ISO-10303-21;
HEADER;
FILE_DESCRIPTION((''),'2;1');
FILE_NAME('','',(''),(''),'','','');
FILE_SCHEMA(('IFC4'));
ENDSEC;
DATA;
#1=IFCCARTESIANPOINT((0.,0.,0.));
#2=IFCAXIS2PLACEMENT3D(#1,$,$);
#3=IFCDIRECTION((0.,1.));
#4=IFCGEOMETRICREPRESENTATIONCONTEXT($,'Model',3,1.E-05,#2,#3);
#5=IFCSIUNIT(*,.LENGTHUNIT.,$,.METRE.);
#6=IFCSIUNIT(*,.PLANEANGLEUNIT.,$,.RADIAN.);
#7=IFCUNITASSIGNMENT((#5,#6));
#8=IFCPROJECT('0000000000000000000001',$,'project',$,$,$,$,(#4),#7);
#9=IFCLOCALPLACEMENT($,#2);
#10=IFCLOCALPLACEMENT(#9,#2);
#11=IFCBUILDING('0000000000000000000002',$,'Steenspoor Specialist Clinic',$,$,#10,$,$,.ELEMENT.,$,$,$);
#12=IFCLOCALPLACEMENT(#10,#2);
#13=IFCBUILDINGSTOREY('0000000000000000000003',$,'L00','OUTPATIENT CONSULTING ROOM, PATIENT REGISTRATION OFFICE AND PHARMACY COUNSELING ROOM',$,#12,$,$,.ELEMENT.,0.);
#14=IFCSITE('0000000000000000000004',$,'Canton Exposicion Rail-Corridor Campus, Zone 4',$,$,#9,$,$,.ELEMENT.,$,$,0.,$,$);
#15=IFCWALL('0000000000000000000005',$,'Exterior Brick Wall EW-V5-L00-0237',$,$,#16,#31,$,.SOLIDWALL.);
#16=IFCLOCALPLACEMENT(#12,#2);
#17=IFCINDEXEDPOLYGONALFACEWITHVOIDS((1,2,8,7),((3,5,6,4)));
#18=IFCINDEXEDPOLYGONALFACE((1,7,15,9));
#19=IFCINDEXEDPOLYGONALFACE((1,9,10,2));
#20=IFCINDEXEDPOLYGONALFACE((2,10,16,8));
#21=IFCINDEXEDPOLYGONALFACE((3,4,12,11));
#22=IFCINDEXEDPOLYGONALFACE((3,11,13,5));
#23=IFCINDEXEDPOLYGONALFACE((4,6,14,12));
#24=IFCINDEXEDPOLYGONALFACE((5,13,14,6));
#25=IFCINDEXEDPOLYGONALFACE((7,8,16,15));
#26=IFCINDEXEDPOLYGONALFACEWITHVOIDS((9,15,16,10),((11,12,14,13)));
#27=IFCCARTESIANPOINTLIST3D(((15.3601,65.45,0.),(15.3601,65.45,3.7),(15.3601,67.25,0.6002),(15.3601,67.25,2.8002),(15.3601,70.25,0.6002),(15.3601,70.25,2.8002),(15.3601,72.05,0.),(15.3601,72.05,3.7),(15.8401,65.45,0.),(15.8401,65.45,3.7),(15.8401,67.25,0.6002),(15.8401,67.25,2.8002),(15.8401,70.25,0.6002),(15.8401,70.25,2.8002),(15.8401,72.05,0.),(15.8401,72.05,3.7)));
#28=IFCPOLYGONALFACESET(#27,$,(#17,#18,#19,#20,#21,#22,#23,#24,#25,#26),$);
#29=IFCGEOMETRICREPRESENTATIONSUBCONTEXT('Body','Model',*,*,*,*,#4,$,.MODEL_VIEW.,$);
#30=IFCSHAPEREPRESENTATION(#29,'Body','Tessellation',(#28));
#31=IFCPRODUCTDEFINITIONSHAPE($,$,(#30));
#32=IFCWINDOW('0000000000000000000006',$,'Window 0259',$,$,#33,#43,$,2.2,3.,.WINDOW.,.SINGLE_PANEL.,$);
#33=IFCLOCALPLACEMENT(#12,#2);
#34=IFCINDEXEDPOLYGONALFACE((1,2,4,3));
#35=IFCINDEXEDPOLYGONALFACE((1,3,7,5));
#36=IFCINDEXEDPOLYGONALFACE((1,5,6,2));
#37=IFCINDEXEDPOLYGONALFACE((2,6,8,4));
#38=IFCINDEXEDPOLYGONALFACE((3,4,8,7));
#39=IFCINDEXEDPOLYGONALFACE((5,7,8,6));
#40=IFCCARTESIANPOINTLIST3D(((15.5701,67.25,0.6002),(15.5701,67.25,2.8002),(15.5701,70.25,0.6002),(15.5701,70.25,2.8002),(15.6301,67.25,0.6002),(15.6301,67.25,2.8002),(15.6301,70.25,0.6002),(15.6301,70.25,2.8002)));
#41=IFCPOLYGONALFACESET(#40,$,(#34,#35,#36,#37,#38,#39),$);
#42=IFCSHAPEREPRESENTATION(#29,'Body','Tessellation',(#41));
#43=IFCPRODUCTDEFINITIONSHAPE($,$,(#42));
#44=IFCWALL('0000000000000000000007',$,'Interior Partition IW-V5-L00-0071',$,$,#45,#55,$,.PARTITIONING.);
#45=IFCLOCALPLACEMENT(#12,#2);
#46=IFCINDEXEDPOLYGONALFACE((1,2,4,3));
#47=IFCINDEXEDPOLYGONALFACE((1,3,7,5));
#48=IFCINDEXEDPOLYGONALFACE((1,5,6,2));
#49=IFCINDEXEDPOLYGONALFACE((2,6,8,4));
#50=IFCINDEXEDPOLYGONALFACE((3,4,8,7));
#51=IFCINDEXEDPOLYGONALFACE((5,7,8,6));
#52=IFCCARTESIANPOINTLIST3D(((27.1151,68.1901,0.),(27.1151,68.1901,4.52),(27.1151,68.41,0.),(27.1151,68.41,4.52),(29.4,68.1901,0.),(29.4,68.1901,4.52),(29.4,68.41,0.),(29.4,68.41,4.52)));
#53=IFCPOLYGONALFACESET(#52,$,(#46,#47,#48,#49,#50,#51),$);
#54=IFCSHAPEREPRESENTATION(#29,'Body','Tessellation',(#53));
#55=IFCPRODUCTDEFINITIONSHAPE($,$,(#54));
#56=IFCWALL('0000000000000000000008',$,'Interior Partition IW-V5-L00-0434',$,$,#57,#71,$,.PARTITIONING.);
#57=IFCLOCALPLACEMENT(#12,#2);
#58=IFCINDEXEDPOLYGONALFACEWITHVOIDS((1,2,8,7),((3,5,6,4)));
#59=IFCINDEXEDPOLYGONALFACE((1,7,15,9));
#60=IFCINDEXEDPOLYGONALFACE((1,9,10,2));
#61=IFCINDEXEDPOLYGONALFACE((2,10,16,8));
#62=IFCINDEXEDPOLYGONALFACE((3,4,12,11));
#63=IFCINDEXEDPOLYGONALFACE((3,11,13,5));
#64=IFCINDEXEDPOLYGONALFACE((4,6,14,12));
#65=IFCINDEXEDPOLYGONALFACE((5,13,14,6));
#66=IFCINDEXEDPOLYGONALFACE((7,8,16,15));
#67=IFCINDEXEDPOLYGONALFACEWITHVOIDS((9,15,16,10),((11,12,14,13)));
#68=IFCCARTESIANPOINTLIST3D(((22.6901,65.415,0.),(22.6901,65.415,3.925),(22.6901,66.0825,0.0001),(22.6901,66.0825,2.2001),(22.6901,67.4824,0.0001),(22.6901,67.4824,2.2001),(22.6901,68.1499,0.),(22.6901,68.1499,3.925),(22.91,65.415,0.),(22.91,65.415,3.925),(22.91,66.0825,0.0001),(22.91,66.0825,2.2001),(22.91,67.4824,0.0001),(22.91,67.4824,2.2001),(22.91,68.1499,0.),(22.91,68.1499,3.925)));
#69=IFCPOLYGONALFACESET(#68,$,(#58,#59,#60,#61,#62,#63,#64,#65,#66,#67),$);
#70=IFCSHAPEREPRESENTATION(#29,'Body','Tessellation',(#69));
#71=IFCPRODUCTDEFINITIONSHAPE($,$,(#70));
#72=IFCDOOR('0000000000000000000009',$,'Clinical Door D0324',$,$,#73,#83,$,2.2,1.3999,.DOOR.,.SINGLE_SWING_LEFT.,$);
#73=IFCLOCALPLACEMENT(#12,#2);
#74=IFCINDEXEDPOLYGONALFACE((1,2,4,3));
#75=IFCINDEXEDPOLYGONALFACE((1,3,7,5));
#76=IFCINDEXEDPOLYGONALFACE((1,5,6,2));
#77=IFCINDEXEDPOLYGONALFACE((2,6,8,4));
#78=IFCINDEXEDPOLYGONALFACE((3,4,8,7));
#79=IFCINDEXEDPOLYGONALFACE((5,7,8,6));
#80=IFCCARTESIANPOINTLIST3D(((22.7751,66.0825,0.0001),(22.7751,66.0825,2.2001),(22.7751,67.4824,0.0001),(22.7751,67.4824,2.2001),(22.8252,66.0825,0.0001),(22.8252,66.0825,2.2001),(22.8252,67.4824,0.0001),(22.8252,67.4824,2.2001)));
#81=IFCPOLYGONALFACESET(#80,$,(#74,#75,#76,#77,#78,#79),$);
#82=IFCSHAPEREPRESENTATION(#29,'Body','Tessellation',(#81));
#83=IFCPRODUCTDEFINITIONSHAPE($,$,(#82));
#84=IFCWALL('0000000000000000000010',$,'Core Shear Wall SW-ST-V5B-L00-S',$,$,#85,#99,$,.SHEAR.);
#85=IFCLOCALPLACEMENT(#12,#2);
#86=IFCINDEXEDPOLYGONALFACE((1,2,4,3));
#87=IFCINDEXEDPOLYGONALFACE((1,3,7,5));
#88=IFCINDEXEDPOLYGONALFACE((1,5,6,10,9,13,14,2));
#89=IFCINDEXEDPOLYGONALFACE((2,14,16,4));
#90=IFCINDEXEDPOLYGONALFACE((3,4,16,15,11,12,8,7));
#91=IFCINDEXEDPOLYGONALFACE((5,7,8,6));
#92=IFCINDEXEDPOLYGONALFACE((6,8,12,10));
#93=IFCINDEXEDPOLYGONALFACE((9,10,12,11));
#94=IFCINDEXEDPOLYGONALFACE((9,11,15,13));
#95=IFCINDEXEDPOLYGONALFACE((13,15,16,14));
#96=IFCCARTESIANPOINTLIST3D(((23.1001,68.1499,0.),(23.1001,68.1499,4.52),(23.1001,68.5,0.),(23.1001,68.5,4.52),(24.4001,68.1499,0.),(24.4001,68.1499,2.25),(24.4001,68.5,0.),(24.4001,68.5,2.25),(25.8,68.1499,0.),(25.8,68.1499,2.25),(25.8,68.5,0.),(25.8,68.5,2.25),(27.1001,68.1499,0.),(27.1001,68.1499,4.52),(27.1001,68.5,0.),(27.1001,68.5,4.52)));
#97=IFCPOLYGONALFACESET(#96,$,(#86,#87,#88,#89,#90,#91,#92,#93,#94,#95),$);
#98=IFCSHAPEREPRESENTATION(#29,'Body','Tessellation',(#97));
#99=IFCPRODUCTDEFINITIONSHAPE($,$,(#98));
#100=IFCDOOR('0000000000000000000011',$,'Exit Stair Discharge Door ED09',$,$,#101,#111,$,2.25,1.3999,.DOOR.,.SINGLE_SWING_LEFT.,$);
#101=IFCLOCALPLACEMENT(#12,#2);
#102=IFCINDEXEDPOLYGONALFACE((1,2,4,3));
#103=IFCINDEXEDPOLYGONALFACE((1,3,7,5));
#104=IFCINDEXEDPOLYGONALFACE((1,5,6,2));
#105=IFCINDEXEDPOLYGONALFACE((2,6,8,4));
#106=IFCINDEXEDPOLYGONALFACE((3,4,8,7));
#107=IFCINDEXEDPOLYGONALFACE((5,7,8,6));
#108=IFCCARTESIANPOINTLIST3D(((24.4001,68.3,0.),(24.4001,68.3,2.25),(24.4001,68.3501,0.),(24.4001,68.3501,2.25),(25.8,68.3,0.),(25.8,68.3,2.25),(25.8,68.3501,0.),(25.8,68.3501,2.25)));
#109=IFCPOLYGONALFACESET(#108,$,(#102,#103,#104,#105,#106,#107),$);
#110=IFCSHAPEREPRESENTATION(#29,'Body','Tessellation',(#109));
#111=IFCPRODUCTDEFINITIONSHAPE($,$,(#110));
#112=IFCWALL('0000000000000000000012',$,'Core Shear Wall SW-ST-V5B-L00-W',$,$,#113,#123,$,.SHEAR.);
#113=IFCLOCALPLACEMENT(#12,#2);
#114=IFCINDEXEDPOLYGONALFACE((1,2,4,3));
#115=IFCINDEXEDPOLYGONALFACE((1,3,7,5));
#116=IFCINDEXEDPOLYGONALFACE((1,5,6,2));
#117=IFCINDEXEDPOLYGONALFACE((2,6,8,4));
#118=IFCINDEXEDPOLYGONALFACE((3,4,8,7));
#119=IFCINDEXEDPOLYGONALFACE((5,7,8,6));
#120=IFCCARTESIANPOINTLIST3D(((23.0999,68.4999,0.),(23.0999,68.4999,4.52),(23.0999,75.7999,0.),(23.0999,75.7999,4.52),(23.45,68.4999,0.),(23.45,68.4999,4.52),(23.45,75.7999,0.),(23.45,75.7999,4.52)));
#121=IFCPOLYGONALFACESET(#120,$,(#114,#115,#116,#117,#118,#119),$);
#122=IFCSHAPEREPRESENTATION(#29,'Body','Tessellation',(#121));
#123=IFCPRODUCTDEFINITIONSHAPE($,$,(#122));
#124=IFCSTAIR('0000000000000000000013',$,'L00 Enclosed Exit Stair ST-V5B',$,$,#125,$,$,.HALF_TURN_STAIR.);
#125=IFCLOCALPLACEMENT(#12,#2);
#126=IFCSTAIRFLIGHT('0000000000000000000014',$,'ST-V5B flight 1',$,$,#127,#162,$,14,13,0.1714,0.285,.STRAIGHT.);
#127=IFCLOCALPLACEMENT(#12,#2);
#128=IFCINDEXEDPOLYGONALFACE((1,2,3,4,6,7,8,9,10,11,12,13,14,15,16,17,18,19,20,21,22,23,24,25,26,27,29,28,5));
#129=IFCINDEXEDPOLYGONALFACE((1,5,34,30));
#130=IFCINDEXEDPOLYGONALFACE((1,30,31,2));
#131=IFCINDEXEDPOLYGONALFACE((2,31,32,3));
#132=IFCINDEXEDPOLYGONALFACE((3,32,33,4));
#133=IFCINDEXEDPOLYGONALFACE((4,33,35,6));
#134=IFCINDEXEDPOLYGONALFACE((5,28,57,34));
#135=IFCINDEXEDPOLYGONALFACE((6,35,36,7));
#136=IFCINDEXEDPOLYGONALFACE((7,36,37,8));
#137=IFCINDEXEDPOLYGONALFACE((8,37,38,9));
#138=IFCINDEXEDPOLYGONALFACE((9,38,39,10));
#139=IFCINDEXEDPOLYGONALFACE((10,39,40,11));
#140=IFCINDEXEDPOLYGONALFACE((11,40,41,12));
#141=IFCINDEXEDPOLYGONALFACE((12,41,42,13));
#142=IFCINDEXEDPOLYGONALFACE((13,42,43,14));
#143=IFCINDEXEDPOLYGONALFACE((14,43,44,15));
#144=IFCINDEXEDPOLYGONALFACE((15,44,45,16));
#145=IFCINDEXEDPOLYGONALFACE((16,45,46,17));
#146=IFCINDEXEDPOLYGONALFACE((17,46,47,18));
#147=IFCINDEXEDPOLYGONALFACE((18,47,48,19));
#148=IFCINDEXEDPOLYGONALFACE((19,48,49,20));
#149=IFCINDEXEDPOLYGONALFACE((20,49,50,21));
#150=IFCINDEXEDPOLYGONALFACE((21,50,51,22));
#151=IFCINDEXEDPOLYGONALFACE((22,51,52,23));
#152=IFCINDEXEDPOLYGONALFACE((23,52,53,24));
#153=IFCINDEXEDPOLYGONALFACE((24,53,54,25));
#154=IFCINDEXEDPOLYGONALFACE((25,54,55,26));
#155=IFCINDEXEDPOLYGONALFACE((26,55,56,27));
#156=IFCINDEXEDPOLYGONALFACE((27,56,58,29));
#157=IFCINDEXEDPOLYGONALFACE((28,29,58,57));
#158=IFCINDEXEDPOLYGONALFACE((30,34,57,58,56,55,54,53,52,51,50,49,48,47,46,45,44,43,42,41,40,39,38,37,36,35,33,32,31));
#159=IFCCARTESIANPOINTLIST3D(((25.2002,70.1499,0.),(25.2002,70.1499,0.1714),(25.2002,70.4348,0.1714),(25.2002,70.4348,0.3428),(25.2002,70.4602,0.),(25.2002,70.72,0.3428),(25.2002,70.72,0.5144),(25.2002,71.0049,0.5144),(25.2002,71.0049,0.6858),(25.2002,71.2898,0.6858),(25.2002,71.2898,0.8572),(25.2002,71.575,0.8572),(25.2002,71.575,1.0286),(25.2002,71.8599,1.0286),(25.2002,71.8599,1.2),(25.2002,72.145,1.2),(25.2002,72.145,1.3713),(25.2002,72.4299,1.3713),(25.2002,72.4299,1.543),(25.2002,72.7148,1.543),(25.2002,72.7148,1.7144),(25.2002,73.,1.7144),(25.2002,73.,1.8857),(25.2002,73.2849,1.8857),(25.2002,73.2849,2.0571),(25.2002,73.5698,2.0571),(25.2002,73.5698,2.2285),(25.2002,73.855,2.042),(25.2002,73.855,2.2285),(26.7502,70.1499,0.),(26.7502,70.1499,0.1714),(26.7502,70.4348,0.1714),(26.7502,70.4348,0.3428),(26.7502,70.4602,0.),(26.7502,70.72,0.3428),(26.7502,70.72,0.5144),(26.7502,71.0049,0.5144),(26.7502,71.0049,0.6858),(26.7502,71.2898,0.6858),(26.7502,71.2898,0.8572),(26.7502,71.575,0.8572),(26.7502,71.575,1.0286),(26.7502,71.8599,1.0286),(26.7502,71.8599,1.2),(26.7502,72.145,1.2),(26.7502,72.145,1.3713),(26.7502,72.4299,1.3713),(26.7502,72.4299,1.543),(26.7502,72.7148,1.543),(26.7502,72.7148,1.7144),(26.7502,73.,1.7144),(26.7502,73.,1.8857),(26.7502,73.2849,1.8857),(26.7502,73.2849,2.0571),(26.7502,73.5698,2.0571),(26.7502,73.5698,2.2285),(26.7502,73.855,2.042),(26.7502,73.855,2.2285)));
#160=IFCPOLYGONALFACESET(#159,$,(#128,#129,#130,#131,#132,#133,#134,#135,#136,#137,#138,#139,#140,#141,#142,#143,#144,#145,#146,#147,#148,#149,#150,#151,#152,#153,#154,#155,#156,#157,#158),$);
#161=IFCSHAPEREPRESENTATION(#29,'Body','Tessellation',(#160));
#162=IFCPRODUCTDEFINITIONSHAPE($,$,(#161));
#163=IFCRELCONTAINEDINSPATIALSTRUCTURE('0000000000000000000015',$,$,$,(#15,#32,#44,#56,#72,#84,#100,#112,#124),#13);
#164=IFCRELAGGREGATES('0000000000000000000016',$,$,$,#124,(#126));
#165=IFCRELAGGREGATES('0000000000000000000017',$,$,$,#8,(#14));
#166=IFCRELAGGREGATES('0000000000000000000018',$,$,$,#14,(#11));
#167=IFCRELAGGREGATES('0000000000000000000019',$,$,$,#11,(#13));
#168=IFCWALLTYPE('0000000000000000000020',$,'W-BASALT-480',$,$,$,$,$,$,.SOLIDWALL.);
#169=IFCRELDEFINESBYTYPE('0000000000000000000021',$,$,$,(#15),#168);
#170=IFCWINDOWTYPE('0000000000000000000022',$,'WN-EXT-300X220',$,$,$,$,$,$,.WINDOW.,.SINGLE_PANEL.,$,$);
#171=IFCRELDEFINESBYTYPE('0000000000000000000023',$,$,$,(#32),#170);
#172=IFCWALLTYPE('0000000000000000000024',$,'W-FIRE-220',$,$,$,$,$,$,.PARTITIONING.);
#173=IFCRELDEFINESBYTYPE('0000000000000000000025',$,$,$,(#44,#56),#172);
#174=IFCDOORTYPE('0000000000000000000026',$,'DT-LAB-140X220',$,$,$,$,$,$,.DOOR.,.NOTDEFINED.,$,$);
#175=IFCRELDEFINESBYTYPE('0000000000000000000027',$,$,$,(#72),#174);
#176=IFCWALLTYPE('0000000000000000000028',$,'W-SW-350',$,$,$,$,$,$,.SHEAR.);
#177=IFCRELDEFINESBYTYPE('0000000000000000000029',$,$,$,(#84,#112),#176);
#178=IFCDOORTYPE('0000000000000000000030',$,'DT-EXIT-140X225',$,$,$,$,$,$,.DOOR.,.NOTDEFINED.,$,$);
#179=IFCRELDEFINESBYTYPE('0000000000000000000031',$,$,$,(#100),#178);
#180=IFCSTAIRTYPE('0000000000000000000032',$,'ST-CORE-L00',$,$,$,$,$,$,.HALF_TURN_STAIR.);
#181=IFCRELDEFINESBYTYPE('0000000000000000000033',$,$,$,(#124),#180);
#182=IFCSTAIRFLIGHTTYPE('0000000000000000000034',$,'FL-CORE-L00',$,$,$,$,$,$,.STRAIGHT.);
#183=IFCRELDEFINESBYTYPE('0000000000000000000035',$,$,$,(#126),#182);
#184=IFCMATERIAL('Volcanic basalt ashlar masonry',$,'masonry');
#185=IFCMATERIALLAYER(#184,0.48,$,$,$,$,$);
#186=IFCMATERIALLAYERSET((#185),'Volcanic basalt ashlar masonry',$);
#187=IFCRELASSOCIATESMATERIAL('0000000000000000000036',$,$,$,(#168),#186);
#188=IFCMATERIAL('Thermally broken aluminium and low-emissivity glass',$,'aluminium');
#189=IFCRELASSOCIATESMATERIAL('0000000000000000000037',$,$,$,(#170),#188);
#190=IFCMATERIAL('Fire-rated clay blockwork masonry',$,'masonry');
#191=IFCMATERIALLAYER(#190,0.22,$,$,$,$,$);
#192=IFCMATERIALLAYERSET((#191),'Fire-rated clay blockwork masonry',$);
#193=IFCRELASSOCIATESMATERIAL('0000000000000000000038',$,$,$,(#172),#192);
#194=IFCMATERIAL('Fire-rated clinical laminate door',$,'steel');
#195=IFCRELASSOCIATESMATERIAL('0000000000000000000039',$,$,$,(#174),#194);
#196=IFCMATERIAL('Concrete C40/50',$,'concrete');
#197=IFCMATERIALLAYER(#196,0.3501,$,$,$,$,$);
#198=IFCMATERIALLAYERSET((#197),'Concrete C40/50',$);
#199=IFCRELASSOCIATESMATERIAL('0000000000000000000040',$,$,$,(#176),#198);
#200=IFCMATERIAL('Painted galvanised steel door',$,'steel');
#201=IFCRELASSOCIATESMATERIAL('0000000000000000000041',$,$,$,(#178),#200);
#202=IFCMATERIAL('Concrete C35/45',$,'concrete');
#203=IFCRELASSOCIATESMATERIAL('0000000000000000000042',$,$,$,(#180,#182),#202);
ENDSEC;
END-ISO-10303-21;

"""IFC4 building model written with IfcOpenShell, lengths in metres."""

from ifc_helpers import new_model, si_unit, direction, frame, frame_2d, origin, place, context, subcontext, project, spatial, polyline, rectangle, outline, extrude, material, layer, layer_set, type_object, element, fill, aggregate, save


model = new_model("IFC4")

# Units and contexts
model_context = context("Model", 3, precision=1e-05, world=origin(), true_north=direction((0.0, 1.0)))
body_context = subcontext(model_context, "Body", "Model", "MODEL_VIEW")
ifc_project = project(units=[si_unit("LENGTHUNIT", "METRE"), si_unit("PLANEANGLEUNIT", "RADIAN")], contexts=[model_context])

# Site, building, storey
site_placement = place(None, origin())
site = spatial("IfcSite", under=ifc_project, at=site_placement, Name="Canton Exposicion Rail-Corridor Campus, Zone 4", CompositionType="ELEMENT", RefElevation=0.0)
building_placement = place(site_placement, origin())
building = spatial("IfcBuilding", under=site, at=building_placement, Name="Steenspoor Specialist Clinic", CompositionType="ELEMENT")
storey_placement = place(building_placement, origin())
storey = spatial("IfcBuildingStorey", under=building, at=storey_placement, Name="L00", Description="OUTPATIENT CONSULTING ROOM, PATIENT REGISTRATION OFFICE AND PHARMACY COUNSELING ROOM", CompositionType="ELEMENT", Elevation=0.0)

# Shared definitions
ifc_material_1 = material(Name="Concrete C35/45", Category="concrete")

# Wall, opening, window
ifc_material_2 = material(Name="Volcanic basalt ashlar masonry", Category="masonry")
ifc_layer_1 = layer(ifc_material_2, 0.48)
ifc_layer_set_1 = layer_set([ifc_layer_1], Name="Volcanic basalt ashlar masonry")
wall_type_1 = type_object("IfcWallType", Name="W-BASALT-480", PredefinedType="SOLIDWALL", material=ifc_layer_set_1)
wall_1_placement = place(storey_placement, frame((15.6001, 65.45, 0.0), z_axis=(0.0, 0.0, 1.0), x_axis=(0.0, 1.0, 0.0)))
wall_1 = element("IfcWall", 1, at=wall_1_placement, inside=storey, type_object=wall_type_1, Name="Exterior Brick Wall EW-V5-L00-0237", PredefinedType="SOLIDWALL", context=body_context, shape_type="SweptSolid", body=[
    extrude(rectangle(XDim=6.6001, YDim=0.48, at=frame_2d((3.3, 0.0))), origin(), (0.0, 0.0, 1.0), 3.7),
])
opening_1_placement = place(wall_1_placement, frame((1.8, 0.0, 0.6001)))
opening_1 = element("IfcOpeningElement", 2, at=opening_1_placement, cuts=wall_1, PredefinedType="OPENING", context=body_context, shape_type="SweptSolid", body=[
    extrude(rectangle(XDim=3.0, YDim=2.2, at=frame_2d((1.5, 1.1001))), frame((0.0, 0.25, 0.0), z_axis=(0.0, -1.0, 0.0), x_axis=(1.0, 0.0, 0.0)), (0.0, 0.0, 1.0), 0.5),
])
ifc_material_3 = material(Name="Thermally broken aluminium and low-emissivity glass", Category="aluminium")
window_type = type_object("IfcWindowType", Name="WN-EXT-300X220", PartitioningType="SINGLE_PANEL", PredefinedType="WINDOW", material=ifc_material_3)
window_placement = place(opening_1_placement, origin())
window = element("IfcWindow", 3, at=window_placement, inside=storey, type_object=window_type, Name="Window 0259", OverallHeight=2.2, OverallWidth=3.0, PartitioningType="SINGLE_PANEL", PredefinedType="WINDOW", context=body_context, shape_type="SweptSolid", body=[
    extrude(rectangle(XDim=3.0, YDim=2.2, at=frame_2d((1.5, 1.1001))), frame((0.0, 0.03, 0.0), z_axis=(0.0, -1.0, 0.0), x_axis=(1.0, 0.0, 0.0)), (0.0, 0.0, 1.0), 0.0601),
])
fill(opening_1, window)

# Wall
ifc_material_4 = material(Name="Fire-rated clay blockwork masonry", Category="masonry")
ifc_layer_2 = layer(ifc_material_4, 0.22)
ifc_layer_set_2 = layer_set([ifc_layer_2], Name="Fire-rated clay blockwork masonry")
wall_type_2 = type_object("IfcWallType", Name="W-FIRE-220", PredefinedType="PARTITIONING", material=ifc_layer_set_2)
wall_2_placement = place(storey_placement, frame((27.115, 68.3, 0.0), z_axis=(0.0, 0.0, 1.0), x_axis=(1.0, 0.0, 0.0)))
element("IfcWall", 4, at=wall_2_placement, inside=storey, type_object=wall_type_2, Name="Interior Partition IW-V5-L00-0071", PredefinedType="PARTITIONING", context=body_context, shape_type="SweptSolid", body=[
    extrude(rectangle(XDim=2.2849, YDim=0.22, at=frame_2d((1.1426, 0.0))), origin(), (0.0, 0.0, 1.0), 4.52),
])

# Walls, openings, doors
wall_3_placement = place(storey_placement, frame((22.8, 65.415, 0.0), z_axis=(0.0, 0.0, 1.0), x_axis=(0.0, 1.0, 0.0)))
wall_3 = element("IfcWall", 5, at=wall_3_placement, inside=storey, type_object=wall_type_2, Name="Interior Partition IW-V5-L00-0434", PredefinedType="PARTITIONING", context=body_context, shape_type="SweptSolid", body=[
    extrude(rectangle(XDim=2.7349, YDim=0.22, at=frame_2d((1.3674, 0.0))), origin(), (0.0, 0.0, 1.0), 3.925),
])
opening_2_placement = place(wall_3_placement, frame((0.6675, 0.0, 0.0)))
opening_2 = element("IfcOpeningElement", 6, at=opening_2_placement, cuts=wall_3, PredefinedType="OPENING", context=body_context, shape_type="SweptSolid", body=[
    extrude(rectangle(XDim=1.3999, YDim=2.2, at=frame_2d((0.7, 1.1001))), frame((0.0, 0.1201, 0.0), z_axis=(0.0, -1.0, 0.0), x_axis=(1.0, 0.0, 0.0)), (0.0, 0.0, 1.0), 0.24),
])
ifc_material_5 = material(Name="Fire-rated clinical laminate door", Category="steel")
door_type_1 = type_object("IfcDoorType", Name="DT-LAB-140X220", OperationType="NOTDEFINED", PredefinedType="DOOR", material=ifc_material_5)
door_1_placement = place(opening_2_placement, origin())
door_1 = element("IfcDoor", 7, at=door_1_placement, inside=storey, type_object=door_type_1, Name="Clinical Door D0324", OperationType="SINGLE_SWING_LEFT", OverallHeight=2.2, OverallWidth=1.3999, PredefinedType="DOOR", context=body_context, shape_type="SweptSolid", body=[
    extrude(rectangle(XDim=1.3999, YDim=2.2, at=frame_2d((0.7, 1.1001))), frame((0.0, 0.0249, 0.0), z_axis=(0.0, -1.0, 0.0), x_axis=(1.0, 0.0, 0.0)), (0.0, 0.0, 1.0), 0.05),
])
fill(opening_2, door_1)
ifc_material_6 = material(Name="Concrete C40/50", Category="concrete")
ifc_layer_3 = layer(ifc_material_6, 0.3501)
ifc_layer_set_3 = layer_set([ifc_layer_3], Name="Concrete C40/50")
wall_type_3 = type_object("IfcWallType", Name="W-SW-350", PredefinedType="SHEAR", material=ifc_layer_set_3)
wall_4_placement = place(storey_placement, frame((27.1001, 68.325, 0.0), z_axis=(0.0, 0.0, 1.0), x_axis=(-1.0, 0.0, 0.0)))
wall_4 = element("IfcWall", 8, at=wall_4_placement, inside=storey, type_object=wall_type_3, Name="Core Shear Wall SW-ST-V5B-L00-S", PredefinedType="SHEAR", context=body_context, shape_type="SweptSolid", body=[
    extrude(rectangle(XDim=4.0, YDim=0.3501, at=frame_2d((2.0, 0.0))), origin(), (0.0, 0.0, 1.0), 4.52),
])
opening_3_placement = place(wall_4_placement, frame((1.3, 0.0, 0.0)))
opening_3 = element("IfcOpeningElement", 9, at=opening_3_placement, cuts=wall_4, PredefinedType="OPENING", context=body_context, shape_type="SweptSolid", body=[
    extrude(rectangle(XDim=1.3999, YDim=2.25, at=frame_2d((0.7, 1.125))), frame((0.0, 0.1851, 0.0), z_axis=(0.0, -1.0, 0.0), x_axis=(1.0, 0.0, 0.0)), (0.0, 0.0, 1.0), 0.3701),
])
ifc_material_7 = material(Name="Painted galvanised steel door", Category="steel")
door_type_2 = type_object("IfcDoorType", Name="DT-EXIT-140X225", OperationType="NOTDEFINED", PredefinedType="DOOR", material=ifc_material_7)
door_2_placement = place(opening_3_placement, origin())
door_2 = element("IfcDoor", 10, at=door_2_placement, inside=storey, type_object=door_type_2, Name="Exit Stair Discharge Door ED09", OperationType="SINGLE_SWING_LEFT", OverallHeight=2.25, OverallWidth=1.3999, PredefinedType="DOOR", context=body_context, shape_type="SweptSolid", body=[
    extrude(rectangle(XDim=1.3999, YDim=2.25, at=frame_2d((0.7, 1.125))), frame((0.0, 0.0249, 0.0), z_axis=(0.0, -1.0, 0.0), x_axis=(1.0, 0.0, 0.0)), (0.0, 0.0, 1.0), 0.05),
])
fill(opening_3, door_2)

# Wall
wall_5_placement = place(storey_placement, frame((23.2749, 68.5, 0.0), z_axis=(0.0, 0.0, 1.0), x_axis=(0.0, 1.0, 0.0)))
element("IfcWall", 11, at=wall_5_placement, inside=storey, type_object=wall_type_3, Name="Core Shear Wall SW-ST-V5B-L00-W", PredefinedType="SHEAR", context=body_context, shape_type="SweptSolid", body=[
    extrude(rectangle(XDim=7.3, YDim=0.3501, at=frame_2d((3.6499, 0.0))), origin(), (0.0, 0.0, 1.0), 4.52),
])

# Stair, stair flight
stair_type = type_object("IfcStairType", Name="ST-CORE-L00", PredefinedType="HALF_TURN_STAIR", material=ifc_material_1)
stair_placement = place(storey_placement, origin())
stair = element("IfcStair", 12, at=stair_placement, inside=storey, type_object=stair_type, Name="L00 Enclosed Exit Stair ST-V5B", PredefinedType="HALF_TURN_STAIR")
stair_flight_type = type_object("IfcStairFlightType", Name="FL-CORE-L00", PredefinedType="STRAIGHT", material=ifc_material_1)
stair_flight_placement = place(storey_placement, frame((25.9751, 70.1499, 0.0), z_axis=(0.0, 0.0, 1.0), x_axis=(0.0, 1.0, 0.0)))
stair_flight = element("IfcStairFlight", 13, at=stair_flight_placement, type_object=stair_flight_type, Name="ST-V5B flight 1", NumberOfRisers=14, NumberOfTreads=13, PredefinedType="STRAIGHT", RiserHeight=0.1714, TreadLength=0.285, context=body_context, shape_type="SweptSolid", body=[
    extrude(outline(polyline([(0.0, 0.0), (0.0, 0.1714), (0.2849, 0.1714), (0.2849, 0.3428), (0.5701, 0.3428), (0.5701, 0.5144), (0.855, 0.5144), (0.855, 0.6858), (1.1399, 0.6858), (1.1399, 0.8572), (1.425, 0.8572), (1.425, 1.0286), (1.71, 1.0286), (1.71, 1.2), (1.9951, 1.2), (1.9951, 1.3713), (2.28, 1.3713), (2.28, 1.543), (2.5649, 1.543), (2.5649, 1.7144), (2.8501, 1.7144), (2.8501, 1.8857), (3.135, 1.8857), (3.135, 2.0571), (3.4199, 2.0571), (3.4199, 2.2285), (3.7051, 2.2285), (3.7051, 2.3999), (3.7051, 2.042), (0.3103, 0.0), (0.0, 0.0)])), frame((0.0, 0.7749, 0.0), z_axis=(0.0, -1.0, 0.0), x_axis=(1.0, 0.0, 0.0)), (0.0, 0.0, 1.0), 1.55),
])
aggregate(stair, [stair_flight])

save(model, "model.ifc")
